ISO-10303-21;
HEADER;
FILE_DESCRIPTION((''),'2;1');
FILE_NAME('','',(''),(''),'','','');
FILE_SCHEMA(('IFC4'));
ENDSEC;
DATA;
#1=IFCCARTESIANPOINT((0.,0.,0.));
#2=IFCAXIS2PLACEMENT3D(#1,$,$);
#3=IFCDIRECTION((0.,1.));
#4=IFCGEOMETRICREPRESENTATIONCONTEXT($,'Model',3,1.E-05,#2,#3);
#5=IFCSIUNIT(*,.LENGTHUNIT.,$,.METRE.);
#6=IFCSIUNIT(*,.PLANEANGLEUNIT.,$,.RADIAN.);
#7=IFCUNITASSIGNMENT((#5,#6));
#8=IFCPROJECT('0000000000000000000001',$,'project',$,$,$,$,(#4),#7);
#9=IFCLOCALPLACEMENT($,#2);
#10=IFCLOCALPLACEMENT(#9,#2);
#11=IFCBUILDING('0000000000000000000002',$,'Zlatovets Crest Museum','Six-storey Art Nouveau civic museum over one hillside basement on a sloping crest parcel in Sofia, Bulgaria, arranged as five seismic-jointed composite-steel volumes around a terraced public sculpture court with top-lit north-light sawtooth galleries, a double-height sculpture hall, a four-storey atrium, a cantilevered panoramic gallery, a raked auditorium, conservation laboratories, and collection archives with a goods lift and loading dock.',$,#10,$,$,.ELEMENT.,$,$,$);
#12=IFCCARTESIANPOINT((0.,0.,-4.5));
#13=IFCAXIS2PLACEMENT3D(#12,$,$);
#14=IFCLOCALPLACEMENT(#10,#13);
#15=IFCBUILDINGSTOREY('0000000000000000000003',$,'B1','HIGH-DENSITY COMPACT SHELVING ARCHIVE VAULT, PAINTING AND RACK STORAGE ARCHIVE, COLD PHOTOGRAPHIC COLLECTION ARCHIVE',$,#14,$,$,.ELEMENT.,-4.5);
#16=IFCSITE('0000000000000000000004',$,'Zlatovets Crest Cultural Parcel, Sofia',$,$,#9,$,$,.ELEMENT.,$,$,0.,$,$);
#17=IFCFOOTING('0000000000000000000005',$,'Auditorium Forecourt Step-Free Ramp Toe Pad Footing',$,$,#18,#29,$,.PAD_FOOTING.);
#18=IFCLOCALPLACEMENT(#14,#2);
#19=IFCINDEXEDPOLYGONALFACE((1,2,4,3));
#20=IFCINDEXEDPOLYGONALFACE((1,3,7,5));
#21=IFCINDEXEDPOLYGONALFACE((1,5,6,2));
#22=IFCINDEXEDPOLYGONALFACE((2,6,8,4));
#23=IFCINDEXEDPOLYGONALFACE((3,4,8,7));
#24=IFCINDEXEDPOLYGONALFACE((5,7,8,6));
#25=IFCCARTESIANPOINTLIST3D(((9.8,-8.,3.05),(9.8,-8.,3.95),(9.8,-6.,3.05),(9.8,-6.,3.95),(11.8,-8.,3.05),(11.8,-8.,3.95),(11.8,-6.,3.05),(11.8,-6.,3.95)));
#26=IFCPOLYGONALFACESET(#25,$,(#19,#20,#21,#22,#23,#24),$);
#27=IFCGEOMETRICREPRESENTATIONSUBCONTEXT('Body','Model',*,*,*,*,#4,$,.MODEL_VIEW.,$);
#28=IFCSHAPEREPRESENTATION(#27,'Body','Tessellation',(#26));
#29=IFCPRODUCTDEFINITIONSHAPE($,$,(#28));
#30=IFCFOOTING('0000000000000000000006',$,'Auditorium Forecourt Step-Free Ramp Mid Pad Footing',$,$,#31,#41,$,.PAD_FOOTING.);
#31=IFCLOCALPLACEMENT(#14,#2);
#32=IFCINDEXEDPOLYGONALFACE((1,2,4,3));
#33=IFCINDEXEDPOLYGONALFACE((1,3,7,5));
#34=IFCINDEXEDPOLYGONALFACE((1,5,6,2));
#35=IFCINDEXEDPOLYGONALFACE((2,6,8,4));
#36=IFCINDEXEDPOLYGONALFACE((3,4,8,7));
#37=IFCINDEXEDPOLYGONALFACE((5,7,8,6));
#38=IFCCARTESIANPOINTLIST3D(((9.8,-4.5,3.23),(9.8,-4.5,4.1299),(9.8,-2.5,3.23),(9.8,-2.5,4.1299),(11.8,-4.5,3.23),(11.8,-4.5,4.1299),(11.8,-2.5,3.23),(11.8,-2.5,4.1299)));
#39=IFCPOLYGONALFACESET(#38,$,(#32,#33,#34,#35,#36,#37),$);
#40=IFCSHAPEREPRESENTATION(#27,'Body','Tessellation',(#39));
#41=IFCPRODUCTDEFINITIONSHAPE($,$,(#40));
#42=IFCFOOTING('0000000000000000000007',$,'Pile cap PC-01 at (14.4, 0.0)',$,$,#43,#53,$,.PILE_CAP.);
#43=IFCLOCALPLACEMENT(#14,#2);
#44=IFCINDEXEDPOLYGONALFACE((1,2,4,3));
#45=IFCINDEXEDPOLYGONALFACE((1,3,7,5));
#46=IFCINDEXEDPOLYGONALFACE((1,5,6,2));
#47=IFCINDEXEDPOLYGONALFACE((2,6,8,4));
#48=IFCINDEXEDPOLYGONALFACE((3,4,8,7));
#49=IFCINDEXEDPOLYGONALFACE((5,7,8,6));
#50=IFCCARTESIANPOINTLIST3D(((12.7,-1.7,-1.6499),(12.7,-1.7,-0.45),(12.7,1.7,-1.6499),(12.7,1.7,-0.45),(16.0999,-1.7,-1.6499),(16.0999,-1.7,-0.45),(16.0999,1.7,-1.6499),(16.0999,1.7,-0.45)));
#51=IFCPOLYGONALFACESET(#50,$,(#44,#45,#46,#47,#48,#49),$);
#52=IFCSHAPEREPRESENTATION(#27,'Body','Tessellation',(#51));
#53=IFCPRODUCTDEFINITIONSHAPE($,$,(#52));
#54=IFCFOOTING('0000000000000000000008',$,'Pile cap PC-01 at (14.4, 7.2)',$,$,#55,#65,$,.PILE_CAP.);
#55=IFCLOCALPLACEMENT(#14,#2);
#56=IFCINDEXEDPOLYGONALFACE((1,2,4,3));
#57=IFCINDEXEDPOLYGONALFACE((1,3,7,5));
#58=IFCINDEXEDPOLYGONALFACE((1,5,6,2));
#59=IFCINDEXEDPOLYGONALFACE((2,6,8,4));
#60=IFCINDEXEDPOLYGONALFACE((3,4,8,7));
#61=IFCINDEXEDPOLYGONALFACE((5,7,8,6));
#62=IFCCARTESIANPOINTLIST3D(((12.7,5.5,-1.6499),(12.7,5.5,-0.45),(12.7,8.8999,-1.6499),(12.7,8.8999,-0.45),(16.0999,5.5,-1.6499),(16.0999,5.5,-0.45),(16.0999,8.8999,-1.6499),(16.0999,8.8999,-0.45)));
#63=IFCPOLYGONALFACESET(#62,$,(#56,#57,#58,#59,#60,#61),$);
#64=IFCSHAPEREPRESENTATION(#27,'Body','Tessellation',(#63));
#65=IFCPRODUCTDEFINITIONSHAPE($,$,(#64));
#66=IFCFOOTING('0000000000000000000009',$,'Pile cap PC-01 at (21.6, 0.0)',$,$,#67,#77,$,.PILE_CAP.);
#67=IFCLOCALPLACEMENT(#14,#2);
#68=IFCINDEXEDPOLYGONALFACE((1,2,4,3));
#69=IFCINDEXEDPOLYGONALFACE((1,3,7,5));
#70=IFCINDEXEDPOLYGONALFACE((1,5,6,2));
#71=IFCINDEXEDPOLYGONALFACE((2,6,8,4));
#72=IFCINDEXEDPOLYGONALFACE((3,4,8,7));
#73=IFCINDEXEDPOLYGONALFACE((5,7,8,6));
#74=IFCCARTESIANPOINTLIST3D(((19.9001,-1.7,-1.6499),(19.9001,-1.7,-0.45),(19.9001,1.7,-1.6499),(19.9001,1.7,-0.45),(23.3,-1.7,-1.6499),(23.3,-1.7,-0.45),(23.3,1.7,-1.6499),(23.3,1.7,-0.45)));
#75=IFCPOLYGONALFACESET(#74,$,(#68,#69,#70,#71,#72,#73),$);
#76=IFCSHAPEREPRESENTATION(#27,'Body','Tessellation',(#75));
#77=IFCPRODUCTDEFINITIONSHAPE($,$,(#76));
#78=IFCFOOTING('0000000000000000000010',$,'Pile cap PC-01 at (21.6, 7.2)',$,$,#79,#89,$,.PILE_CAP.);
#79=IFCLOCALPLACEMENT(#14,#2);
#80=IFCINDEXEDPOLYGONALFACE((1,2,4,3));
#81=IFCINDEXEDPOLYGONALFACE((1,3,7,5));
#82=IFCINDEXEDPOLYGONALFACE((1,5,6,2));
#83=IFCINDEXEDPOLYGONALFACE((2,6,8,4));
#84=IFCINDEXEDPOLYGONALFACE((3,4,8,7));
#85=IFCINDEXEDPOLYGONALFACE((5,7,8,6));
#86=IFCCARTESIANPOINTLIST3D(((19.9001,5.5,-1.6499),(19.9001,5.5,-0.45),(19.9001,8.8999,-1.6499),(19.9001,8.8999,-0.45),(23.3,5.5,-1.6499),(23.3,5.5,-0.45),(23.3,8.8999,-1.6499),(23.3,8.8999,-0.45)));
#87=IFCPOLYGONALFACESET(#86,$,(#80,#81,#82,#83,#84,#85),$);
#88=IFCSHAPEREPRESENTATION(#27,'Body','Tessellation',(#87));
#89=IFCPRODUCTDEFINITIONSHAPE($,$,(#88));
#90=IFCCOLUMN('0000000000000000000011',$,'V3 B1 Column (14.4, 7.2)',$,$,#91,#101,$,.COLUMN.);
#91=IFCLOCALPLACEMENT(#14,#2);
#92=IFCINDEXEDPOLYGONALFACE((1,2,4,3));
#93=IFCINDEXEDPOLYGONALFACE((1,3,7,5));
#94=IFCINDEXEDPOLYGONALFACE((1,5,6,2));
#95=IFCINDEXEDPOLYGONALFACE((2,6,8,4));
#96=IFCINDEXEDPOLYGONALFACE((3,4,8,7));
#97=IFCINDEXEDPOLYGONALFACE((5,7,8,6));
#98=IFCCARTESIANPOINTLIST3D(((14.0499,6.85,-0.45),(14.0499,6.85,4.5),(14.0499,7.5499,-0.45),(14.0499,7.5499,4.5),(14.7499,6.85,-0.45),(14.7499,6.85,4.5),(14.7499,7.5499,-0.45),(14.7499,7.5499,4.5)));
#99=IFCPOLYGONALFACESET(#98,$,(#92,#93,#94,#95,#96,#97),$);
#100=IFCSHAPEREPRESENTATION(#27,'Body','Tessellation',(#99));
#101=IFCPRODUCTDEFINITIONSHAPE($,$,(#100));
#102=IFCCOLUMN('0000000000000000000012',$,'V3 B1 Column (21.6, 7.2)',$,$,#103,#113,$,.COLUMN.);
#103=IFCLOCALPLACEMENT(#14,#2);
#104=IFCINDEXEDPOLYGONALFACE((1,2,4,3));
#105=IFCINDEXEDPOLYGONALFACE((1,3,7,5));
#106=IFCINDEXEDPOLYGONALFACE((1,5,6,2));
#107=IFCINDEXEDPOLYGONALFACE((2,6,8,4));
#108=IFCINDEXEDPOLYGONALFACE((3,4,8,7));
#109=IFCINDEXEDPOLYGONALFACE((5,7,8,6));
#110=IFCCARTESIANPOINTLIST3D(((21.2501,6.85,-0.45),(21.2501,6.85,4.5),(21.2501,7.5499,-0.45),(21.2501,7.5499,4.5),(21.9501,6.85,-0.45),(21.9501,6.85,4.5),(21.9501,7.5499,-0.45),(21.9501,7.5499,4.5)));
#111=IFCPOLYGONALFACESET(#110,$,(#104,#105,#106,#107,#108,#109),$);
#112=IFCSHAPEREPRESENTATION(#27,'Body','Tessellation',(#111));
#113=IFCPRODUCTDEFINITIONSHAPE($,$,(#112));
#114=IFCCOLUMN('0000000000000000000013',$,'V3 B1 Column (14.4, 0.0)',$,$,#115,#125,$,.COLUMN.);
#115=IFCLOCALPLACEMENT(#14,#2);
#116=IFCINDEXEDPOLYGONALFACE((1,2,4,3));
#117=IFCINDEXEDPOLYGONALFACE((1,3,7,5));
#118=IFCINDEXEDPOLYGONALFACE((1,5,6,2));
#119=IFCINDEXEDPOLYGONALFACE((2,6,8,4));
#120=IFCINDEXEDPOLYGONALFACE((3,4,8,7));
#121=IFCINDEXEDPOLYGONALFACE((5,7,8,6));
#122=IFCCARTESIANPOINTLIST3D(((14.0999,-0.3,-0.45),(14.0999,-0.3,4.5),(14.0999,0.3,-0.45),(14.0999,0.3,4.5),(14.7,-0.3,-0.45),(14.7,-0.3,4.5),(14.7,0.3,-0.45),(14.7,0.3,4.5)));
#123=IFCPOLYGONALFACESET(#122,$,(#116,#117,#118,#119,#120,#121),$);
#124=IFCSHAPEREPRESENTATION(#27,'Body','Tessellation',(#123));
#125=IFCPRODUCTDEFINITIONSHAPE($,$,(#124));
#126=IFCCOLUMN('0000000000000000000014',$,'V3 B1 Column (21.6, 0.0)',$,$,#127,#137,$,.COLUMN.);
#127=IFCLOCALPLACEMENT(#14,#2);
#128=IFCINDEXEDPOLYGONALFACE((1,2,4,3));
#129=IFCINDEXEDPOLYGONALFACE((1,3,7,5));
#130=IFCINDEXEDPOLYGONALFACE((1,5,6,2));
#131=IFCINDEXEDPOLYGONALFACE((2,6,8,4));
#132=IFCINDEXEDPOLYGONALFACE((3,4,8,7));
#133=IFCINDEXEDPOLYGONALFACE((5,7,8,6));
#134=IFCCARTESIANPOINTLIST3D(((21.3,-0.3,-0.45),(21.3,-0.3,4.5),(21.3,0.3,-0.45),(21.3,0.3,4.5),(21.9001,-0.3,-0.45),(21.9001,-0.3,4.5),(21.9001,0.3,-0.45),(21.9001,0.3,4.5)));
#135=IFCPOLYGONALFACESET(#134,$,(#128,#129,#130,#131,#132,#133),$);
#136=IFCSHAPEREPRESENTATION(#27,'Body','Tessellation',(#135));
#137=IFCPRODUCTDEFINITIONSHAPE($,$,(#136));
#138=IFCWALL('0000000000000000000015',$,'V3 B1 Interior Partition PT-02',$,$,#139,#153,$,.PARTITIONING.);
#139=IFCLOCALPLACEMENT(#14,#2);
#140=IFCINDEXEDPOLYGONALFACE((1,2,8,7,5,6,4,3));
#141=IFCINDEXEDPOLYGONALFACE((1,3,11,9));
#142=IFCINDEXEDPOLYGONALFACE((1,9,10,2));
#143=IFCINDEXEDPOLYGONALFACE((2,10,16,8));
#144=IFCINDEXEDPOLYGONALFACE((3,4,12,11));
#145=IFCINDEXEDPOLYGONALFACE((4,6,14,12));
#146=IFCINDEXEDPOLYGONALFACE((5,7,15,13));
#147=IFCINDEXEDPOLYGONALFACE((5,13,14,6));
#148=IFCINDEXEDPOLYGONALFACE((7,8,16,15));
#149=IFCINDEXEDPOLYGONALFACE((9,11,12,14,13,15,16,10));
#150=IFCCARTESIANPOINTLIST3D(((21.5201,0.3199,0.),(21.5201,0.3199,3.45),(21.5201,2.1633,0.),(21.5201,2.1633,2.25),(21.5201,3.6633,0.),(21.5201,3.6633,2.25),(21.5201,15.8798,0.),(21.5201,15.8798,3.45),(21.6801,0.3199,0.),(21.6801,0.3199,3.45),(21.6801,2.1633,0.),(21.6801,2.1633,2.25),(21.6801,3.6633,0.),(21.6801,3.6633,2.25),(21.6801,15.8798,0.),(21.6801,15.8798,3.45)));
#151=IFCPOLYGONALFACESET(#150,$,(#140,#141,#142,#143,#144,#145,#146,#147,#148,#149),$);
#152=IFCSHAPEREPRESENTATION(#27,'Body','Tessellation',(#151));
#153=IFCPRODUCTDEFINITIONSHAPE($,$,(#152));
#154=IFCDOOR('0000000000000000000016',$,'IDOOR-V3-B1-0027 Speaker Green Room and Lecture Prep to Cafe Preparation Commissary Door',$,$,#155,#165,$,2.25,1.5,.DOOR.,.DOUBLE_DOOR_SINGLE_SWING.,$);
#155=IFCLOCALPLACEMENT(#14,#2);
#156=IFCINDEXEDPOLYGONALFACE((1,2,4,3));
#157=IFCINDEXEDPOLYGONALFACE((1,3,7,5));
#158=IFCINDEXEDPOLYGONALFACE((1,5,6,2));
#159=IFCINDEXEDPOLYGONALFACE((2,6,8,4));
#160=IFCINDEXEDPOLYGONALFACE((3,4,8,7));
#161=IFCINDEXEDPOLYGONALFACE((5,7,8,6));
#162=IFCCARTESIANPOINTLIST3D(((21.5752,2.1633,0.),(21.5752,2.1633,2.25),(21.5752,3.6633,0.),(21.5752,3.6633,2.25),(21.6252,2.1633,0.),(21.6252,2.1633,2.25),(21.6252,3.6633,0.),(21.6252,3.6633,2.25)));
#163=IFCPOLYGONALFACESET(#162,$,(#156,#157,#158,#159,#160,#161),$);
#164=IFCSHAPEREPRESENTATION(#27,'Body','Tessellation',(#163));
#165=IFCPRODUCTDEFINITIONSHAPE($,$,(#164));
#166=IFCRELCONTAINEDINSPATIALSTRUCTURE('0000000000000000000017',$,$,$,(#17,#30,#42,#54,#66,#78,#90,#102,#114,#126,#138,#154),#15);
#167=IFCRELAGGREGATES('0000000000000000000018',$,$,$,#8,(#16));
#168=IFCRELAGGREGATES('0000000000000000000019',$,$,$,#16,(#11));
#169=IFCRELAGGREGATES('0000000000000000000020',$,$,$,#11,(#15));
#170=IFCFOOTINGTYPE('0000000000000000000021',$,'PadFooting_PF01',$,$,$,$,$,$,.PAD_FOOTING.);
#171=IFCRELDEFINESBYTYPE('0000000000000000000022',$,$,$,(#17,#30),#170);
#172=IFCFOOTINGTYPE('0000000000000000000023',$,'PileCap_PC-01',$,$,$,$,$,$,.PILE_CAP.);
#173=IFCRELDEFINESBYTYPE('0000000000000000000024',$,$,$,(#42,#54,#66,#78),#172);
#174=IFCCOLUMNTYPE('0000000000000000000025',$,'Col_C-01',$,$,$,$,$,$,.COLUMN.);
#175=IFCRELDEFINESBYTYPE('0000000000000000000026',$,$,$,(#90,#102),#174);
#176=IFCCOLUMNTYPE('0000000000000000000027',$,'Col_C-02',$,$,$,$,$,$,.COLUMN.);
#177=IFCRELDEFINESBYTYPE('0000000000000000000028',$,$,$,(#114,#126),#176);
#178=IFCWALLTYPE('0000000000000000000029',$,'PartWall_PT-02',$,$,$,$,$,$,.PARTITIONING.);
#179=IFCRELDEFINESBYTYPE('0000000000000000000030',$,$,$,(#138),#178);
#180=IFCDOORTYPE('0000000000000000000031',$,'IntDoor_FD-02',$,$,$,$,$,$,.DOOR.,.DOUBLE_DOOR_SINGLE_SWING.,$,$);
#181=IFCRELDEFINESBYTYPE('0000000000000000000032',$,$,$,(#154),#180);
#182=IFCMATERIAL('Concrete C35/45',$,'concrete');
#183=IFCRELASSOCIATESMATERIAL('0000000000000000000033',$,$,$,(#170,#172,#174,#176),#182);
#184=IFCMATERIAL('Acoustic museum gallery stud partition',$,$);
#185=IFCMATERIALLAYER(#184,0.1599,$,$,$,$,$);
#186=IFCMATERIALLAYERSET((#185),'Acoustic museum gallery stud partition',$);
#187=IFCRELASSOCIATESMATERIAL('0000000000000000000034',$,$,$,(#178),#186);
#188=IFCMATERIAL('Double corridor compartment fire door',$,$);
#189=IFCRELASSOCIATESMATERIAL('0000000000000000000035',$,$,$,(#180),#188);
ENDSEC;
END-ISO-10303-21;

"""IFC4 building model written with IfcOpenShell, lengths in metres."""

from ifc_helpers import new_model, si_unit, direction, frame, frame_2d, origin, origin_2d, place, context, subcontext, project, spatial, rectangle, extrude, material, layer, layer_set, material_profile, profile_set, type_object, element, fill, save


model = new_model("IFC4")

# Units and contexts
model_context = context("Model", 3, precision=1e-05, world=origin(), true_north=direction((0.0, 1.0)))
body_context = subcontext(model_context, "Body", "Model", "MODEL_VIEW")
ifc_project = project(units=[si_unit("LENGTHUNIT", "METRE"), si_unit("PLANEANGLEUNIT", "RADIAN")], contexts=[model_context])

# Site, building, storey
site_placement = place(None, origin())
site = spatial("IfcSite", under=ifc_project, at=site_placement, Name="Zlatovets Crest Cultural Parcel, Sofia", CompositionType="ELEMENT", RefElevation=0.0)
building_placement = place(site_placement, origin())
building = spatial("IfcBuilding", under=site, at=building_placement, Name="Zlatovets Crest Museum", Description="Six-storey Art Nouveau civic museum over one hillside basement on a sloping crest parcel in Sofia, Bulgaria, arranged as five seismic-jointed composite-steel volumes around a terraced public sculpture court with top-lit north-light sawtooth galleries, a double-height sculpture hall, a four-storey atrium, a cantilevered panoramic gallery, a raked auditorium, conservation laboratories, and collection archives with a goods lift and loading dock.", CompositionType="ELEMENT")
storey_placement = place(building_placement, frame((0.0, 0.0, -4.5)))
storey = spatial("IfcBuildingStorey", under=building, at=storey_placement, Name="B1", Description="HIGH-DENSITY COMPACT SHELVING ARCHIVE VAULT, PAINTING AND RACK STORAGE ARCHIVE, COLD PHOTOGRAPHIC COLLECTION ARCHIVE", CompositionType="ELEMENT", Elevation=-4.5)

# Shared definitions
ifc_material_1 = material(Name="Concrete C35/45", Category="concrete")

# Footings
footing_type_1 = type_object("IfcFootingType", Name="PadFooting_PF01", PredefinedType="PAD_FOOTING", material=ifc_material_1)
for number, where, z_axis, x_axis, name in (
    (1, (10.8, -7.0, 3.05), (0.0, 0.0, 1.0), (1.0, 0.0, 0.0), "Auditorium Forecourt Step-Free Ramp Toe Pad Footing"),
    (2, (10.8, -3.5, 3.23), (0.0, 0.0, 1.0), (1.0, 0.0, 0.0), "Auditorium Forecourt Step-Free Ramp Mid Pad Footing"),
):
    element("IfcFooting", number, at=place(storey_placement, frame(where, z_axis=z_axis, x_axis=x_axis)), inside=storey, type_object=footing_type_1, Name=name, PredefinedType="PAD_FOOTING", context=body_context, shape_type="SweptSolid", body=[
        extrude(rectangle(XDim=2.0, YDim=2.0, at=origin_2d()), origin(), (0.0, 0.0, 1.0), 0.8999),
    ])
footing_type_2 = type_object("IfcFootingType", Name="PileCap_PC-01", PredefinedType="PILE_CAP", material=ifc_material_1)
for number, where, z_axis, x_axis, name in (
    (3, (14.3999, 0.0, -1.6499), (0.0, 0.0, 1.0), (1.0, 0.0, 0.0), "Pile cap PC-01 at (14.4, 0.0)"),
    (4, (14.3999, 7.2, -1.6499), (0.0, 0.0, 1.0), (1.0, 0.0, 0.0), "Pile cap PC-01 at (14.4, 7.2)"),
    (5, (21.6001, 0.0, -1.6499), (0.0, 0.0, 1.0), (1.0, 0.0, 0.0), "Pile cap PC-01 at (21.6, 0.0)"),
    (6, (21.6001, 7.2, -1.6499), (0.0, 0.0, 1.0), (1.0, 0.0, 0.0), "Pile cap PC-01 at (21.6, 7.2)"),
):
    element("IfcFooting", number, at=place(storey_placement, frame(where, z_axis=z_axis, x_axis=x_axis)), inside=storey, type_object=footing_type_2, Name=name, PredefinedType="PILE_CAP", context=body_context, shape_type="SweptSolid", body=[
        extrude(rectangle(XDim=3.3999, YDim=3.3999, at=origin_2d()), origin(), (0.0, 0.0, 1.0), 1.2),
    ])

# Columns
ifc_material_profile_1 = material_profile(ifc_material_1, rectangle(XDim=0.7, YDim=0.7, at=origin_2d()), Name="RC 700x700")
ifc_profile_set_1 = profile_set([ifc_material_profile_1], Name="Concrete C35/45")
column_type_1 = type_object("IfcColumnType", Name="Col_C-01", PredefinedType="COLUMN", material=ifc_profile_set_1)
for number, where, z_axis, x_axis, name in (
    (7, (14.3999, 7.2, -0.45), (0.0, 0.0, 1.0), (0.0, 1.0, 0.0), "V3 B1 Column (14.4, 7.2)"),
    (8, (21.6001, 7.2, -0.45), (0.0, 0.0, 1.0), (1.0, 0.0, 0.0), "V3 B1 Column (21.6, 7.2)"),
):
    element("IfcColumn", number, at=place(storey_placement, frame(where, z_axis=z_axis, x_axis=x_axis)), inside=storey, type_object=column_type_1, Name=name, PredefinedType="COLUMN", context=body_context, shape_type="SweptSolid", body=[
        extrude(rectangle(XDim=0.7, YDim=0.7, at=origin_2d()), origin(), (0.0, 0.0, 1.0), 4.95),
    ])
ifc_material_profile_2 = material_profile(ifc_material_1, rectangle(XDim=0.6001, YDim=0.6001, at=origin_2d()), Name="RC 600x600")
ifc_profile_set_2 = profile_set([ifc_material_profile_2], Name="Concrete C35/45")
column_type_2 = type_object("IfcColumnType", Name="Col_C-02", PredefinedType="COLUMN", material=ifc_profile_set_2)
for number, where, z_axis, x_axis, name in (
    (9, (14.3999, 0.0, -0.45), (0.0, 0.0, 1.0), (1.0, 0.0, 0.0), "V3 B1 Column (14.4, 0.0)"),
    (10, (21.6001, 0.0, -0.45), (0.0, 0.0, 1.0), (0.0, 1.0, 0.0), "V3 B1 Column (21.6, 0.0)"),
):
    element("IfcColumn", number, at=place(storey_placement, frame(where, z_axis=z_axis, x_axis=x_axis)), inside=storey, type_object=column_type_2, Name=name, PredefinedType="COLUMN", context=body_context, shape_type="SweptSolid", body=[
        extrude(rectangle(XDim=0.6001, YDim=0.6001, at=origin_2d()), origin(), (0.0, 0.0, 1.0), 4.95),
    ])

# Wall, opening, door
ifc_material_2 = material(Name="Acoustic museum gallery stud partition")
ifc_layer = layer(ifc_material_2, 0.1599)
ifc_layer_set = layer_set([ifc_layer], Name="Acoustic museum gallery stud partition")
wall_type = type_object("IfcWallType", Name="PartWall_PT-02", PredefinedType="PARTITIONING", material=ifc_layer_set)
wall_placement = place(storey_placement, frame((21.6001, 0.3201, 0.0), z_axis=(0.0, 0.0, 1.0), x_axis=(0.0, 1.0, 0.0)))
wall = element("IfcWall", 11, at=wall_placement, inside=storey, type_object=wall_type, Name="V3 B1 Interior Partition PT-02", PredefinedType="PARTITIONING", context=body_context, shape_type="SweptSolid", body=[
    extrude(rectangle(XDim=15.5598, YDim=0.1599, at=frame_2d((7.7798, 0.0))), origin(), (0.0, 0.0, 1.0), 3.45),
])
opening_placement = place(wall_placement, frame((1.8433, 0.0, 0.0)))
opening = element("IfcOpeningElement", 12, at=opening_placement, cuts=wall, PredefinedType="OPENING", context=body_context, shape_type="SweptSolid", body=[
    extrude(rectangle(XDim=1.5, YDim=2.25, at=frame_2d((0.75, 1.125))), frame((0.0, 0.0898, 0.0), z_axis=(0.0, -1.0, 0.0), x_axis=(1.0, 0.0, 0.0)), (0.0, 0.0, 1.0), 0.1799),
])
ifc_material_3 = material(Name="Double corridor compartment fire door")
door_type = type_object("IfcDoorType", Name="IntDoor_FD-02", OperationType="DOUBLE_DOOR_SINGLE_SWING", PredefinedType="DOOR", material=ifc_material_3)
door_placement = place(opening_placement, origin())
door = element("IfcDoor", 13, at=door_placement, inside=storey, type_object=door_type, Name="IDOOR-V3-B1-0027 Speaker Green Room and Lecture Prep to Cafe Preparation Commissary Door", OperationType="DOUBLE_DOOR_SINGLE_SWING", OverallHeight=2.25, OverallWidth=1.5, PredefinedType="DOOR", context=body_context, shape_type="SweptSolid", body=[
    extrude(rectangle(XDim=1.5, YDim=2.25, at=frame_2d((0.75, 1.125))), frame((0.0, 0.0249, 0.0), z_axis=(0.0, -1.0, 0.0), x_axis=(1.0, 0.0, 0.0)), (0.0, 0.0, 1.0), 0.05),
])
fill(opening, door)

save(model, "model.ifc")
